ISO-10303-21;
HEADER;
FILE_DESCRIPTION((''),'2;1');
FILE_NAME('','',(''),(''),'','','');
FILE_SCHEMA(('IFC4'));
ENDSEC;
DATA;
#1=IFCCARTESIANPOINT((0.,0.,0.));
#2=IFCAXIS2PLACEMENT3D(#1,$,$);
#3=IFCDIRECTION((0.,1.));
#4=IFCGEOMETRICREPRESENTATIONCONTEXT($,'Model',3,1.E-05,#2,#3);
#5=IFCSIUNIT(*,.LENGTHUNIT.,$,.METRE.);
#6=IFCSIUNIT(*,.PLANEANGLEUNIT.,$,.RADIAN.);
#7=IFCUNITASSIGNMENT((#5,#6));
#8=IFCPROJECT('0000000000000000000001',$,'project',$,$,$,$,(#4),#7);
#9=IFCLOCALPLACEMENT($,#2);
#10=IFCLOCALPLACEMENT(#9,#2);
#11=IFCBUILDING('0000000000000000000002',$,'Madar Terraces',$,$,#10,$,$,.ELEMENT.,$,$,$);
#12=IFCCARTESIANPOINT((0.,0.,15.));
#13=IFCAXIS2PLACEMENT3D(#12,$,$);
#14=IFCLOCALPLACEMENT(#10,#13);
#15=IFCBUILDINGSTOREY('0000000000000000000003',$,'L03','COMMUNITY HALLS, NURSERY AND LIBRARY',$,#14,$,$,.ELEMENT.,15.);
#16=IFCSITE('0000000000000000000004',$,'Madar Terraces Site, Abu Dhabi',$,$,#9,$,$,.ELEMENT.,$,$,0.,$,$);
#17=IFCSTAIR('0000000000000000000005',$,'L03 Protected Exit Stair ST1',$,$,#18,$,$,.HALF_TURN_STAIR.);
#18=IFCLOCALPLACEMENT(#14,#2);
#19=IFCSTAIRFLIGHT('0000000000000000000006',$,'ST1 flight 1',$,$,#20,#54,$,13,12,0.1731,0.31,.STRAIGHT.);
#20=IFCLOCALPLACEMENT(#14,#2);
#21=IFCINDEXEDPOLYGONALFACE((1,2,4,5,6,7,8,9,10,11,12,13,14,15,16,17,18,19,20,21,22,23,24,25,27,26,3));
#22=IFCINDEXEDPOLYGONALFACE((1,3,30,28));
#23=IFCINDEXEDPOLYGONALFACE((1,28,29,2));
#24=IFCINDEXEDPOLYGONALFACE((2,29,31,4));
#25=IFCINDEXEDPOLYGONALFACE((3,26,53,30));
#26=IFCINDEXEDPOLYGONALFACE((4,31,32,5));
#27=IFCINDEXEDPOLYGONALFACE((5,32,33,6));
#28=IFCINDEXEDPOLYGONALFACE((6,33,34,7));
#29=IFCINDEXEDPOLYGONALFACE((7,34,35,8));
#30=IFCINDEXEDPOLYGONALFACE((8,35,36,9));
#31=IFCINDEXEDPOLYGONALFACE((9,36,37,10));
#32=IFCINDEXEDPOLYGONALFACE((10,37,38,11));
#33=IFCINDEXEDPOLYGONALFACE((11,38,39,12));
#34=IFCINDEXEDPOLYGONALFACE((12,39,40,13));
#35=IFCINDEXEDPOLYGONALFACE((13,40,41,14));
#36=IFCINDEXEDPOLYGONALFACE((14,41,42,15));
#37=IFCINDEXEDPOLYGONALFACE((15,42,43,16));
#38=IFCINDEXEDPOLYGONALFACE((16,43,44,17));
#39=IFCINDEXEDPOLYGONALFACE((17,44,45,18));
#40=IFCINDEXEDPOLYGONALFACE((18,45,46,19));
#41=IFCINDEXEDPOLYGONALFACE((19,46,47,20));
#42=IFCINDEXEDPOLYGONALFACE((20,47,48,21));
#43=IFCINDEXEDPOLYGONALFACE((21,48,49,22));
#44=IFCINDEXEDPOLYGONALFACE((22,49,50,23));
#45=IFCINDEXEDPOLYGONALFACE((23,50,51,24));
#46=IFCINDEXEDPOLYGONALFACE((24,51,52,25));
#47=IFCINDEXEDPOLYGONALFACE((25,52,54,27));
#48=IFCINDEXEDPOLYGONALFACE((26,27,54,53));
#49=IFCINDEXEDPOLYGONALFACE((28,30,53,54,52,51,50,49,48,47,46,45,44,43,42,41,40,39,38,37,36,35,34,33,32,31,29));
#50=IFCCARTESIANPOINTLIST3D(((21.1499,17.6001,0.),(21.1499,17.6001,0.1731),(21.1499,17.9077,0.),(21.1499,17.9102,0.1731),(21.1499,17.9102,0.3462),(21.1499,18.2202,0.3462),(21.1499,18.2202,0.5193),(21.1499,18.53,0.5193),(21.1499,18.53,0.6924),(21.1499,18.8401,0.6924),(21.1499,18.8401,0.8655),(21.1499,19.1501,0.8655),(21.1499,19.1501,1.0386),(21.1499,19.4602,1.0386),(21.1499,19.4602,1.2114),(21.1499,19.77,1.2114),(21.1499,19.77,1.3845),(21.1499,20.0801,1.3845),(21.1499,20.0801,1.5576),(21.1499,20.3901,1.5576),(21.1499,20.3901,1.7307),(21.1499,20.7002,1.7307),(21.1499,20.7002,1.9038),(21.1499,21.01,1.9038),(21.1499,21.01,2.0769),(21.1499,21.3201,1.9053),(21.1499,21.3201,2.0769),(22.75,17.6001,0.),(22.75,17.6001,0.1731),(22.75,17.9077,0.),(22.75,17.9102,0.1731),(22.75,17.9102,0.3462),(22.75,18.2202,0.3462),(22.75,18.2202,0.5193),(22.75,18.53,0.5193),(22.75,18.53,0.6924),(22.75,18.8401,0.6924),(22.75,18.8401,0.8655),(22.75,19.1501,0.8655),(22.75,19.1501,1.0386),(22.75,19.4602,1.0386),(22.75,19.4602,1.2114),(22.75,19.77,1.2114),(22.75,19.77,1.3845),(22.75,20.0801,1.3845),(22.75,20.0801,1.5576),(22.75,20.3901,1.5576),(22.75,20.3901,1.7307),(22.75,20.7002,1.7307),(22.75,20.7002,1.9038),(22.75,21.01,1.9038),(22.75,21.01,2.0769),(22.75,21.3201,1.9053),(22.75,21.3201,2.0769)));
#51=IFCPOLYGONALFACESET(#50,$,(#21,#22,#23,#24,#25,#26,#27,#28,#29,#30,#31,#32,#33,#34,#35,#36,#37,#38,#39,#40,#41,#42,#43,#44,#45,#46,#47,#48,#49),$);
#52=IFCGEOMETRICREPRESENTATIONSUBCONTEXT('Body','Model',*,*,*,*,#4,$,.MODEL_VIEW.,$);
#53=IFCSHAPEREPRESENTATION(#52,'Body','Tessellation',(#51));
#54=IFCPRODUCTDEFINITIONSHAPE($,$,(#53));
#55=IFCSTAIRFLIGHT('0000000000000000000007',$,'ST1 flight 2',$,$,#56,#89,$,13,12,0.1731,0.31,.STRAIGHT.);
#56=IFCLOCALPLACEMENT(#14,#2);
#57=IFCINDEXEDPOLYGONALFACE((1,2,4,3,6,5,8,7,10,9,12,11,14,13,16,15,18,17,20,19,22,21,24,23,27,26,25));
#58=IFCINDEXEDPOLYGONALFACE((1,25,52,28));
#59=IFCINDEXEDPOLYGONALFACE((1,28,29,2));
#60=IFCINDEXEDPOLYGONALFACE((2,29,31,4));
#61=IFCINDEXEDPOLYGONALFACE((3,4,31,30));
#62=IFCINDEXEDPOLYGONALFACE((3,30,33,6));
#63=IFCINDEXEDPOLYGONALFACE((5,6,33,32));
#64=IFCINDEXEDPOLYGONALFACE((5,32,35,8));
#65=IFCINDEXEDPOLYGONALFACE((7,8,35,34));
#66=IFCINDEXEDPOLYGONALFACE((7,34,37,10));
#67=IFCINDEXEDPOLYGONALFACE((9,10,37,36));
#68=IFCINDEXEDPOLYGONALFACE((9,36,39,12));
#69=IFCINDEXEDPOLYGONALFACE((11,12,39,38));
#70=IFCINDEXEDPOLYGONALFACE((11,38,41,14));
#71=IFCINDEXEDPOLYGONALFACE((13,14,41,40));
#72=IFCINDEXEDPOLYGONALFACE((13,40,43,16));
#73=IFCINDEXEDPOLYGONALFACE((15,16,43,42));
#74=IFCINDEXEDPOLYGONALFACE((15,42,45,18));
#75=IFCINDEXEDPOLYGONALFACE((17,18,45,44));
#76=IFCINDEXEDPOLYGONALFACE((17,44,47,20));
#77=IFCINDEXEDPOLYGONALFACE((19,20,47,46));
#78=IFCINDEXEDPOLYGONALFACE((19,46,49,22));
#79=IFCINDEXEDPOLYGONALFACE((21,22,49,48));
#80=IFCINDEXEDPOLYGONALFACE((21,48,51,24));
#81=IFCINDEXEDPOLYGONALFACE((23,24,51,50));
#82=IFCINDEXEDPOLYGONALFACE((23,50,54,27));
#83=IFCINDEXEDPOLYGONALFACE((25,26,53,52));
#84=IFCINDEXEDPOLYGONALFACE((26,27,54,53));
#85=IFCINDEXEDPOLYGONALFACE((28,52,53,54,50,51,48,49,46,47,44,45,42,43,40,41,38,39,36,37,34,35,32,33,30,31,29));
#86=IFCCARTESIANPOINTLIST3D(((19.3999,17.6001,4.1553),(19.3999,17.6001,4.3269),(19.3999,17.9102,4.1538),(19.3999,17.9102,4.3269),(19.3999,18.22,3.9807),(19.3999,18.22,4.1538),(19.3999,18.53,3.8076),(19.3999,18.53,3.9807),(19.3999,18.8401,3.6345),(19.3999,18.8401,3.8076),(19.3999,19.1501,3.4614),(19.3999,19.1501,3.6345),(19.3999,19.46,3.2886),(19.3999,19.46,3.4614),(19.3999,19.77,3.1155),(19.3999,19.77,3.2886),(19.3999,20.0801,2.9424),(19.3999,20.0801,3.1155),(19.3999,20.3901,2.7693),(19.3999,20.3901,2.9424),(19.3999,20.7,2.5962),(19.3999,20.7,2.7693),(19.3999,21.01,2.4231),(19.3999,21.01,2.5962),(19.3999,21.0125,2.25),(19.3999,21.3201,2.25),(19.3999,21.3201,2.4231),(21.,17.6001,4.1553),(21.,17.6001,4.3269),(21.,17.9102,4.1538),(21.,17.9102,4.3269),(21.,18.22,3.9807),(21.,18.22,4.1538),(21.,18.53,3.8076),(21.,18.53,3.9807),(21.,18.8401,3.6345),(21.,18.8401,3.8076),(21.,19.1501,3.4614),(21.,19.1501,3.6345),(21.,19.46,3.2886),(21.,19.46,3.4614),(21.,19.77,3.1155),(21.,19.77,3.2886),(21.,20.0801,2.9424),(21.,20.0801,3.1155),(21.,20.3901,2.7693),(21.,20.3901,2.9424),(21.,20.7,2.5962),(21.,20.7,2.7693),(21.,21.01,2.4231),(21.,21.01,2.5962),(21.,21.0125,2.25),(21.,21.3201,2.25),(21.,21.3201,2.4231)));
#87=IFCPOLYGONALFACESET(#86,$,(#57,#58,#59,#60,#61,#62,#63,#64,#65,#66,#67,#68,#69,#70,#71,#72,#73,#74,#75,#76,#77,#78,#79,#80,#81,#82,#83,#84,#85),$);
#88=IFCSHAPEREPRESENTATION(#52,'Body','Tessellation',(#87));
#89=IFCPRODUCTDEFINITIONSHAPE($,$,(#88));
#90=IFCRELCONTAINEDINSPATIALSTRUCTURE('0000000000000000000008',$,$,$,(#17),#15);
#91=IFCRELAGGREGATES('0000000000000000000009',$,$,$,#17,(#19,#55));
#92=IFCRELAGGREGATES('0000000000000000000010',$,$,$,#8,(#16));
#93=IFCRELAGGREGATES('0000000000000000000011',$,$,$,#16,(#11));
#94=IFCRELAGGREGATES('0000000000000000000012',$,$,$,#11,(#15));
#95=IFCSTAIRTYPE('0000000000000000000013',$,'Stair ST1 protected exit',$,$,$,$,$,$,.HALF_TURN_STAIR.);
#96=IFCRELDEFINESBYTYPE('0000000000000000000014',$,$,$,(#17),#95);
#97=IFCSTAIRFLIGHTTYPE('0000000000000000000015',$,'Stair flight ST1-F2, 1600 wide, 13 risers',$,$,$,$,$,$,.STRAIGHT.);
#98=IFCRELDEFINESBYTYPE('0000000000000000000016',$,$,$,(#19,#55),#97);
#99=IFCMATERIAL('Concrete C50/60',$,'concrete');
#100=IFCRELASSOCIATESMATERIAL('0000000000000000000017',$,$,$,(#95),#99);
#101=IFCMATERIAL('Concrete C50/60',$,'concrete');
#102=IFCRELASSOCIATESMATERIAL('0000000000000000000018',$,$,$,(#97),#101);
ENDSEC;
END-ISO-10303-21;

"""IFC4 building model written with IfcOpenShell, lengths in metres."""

from ifc_helpers import new_model, si_unit, direction, frame, origin, place, context, subcontext, project, spatial, polyline, outline, extrude, material, type_object, element, aggregate, save


model = new_model("IFC4")

# Units and contexts
model_context = context("Model", 3, precision=1e-05, world=origin(), true_north=direction((0.0, 1.0)))
body_context = subcontext(model_context, "Body", "Model", "MODEL_VIEW")
ifc_project = project(units=[si_unit("LENGTHUNIT", "METRE"), si_unit("PLANEANGLEUNIT", "RADIAN")], contexts=[model_context])

# Site, building, storey
site_placement = place(None, origin())
site = spatial("IfcSite", under=ifc_project, at=site_placement, Name="Madar Terraces Site, Abu Dhabi", CompositionType="ELEMENT", RefElevation=0.0)
building_placement = place(site_placement, origin())
building = spatial("IfcBuilding", under=site, at=building_placement, Name="Madar Terraces", CompositionType="ELEMENT")
storey_placement = place(building_placement, frame((0.0, 0.0, 15.0)))
storey = spatial("IfcBuildingStorey", under=building, at=storey_placement, Name="L03", Description="COMMUNITY HALLS, NURSERY AND LIBRARY", CompositionType="ELEMENT", Elevation=15.0)

# Stair, stair flights
ifc_material_1 = material(Name="Concrete C50/60", Category="concrete")
stair_type = type_object("IfcStairType", Name="Stair ST1 protected exit", PredefinedType="HALF_TURN_STAIR", material=ifc_material_1)
stair_placement = place(storey_placement, origin())
stair = element("IfcStair", 1, at=stair_placement, inside=storey, type_object=stair_type, Name="L03 Protected Exit Stair ST1", PredefinedType="HALF_TURN_STAIR")
ifc_material_2 = material(Name="Concrete C50/60", Category="concrete")
stair_flight_type = type_object("IfcStairFlightType", Name="Stair flight ST1-F2, 1600 wide, 13 risers", PredefinedType="STRAIGHT", material=ifc_material_2)
stair_flight_1_placement = place(storey_placement, frame((21.95, 17.6001, 0.0), z_axis=(0.0, 0.0, 1.0), x_axis=(0.0, 1.0, 0.0)))
stair_flight_1 = element("IfcStairFlight", 2, at=stair_flight_1_placement, type_object=stair_flight_type, Name="ST1 flight 1", NumberOfRisers=13, NumberOfTreads=12, PredefinedType="STRAIGHT", RiserHeight=0.1731, TreadLength=0.31, context=body_context, shape_type="SweptSolid", body=[
    extrude(outline(polyline([(0.0, 0.0), (0.0, 0.1731), (0.3101, 0.1731), (0.3101, 0.3462), (0.6201, 0.3462), (0.6201, 0.5193), (0.9299, 0.5193), (0.9299, 0.6924), (1.24, 0.6924), (1.24, 0.8655), (1.55, 0.8655), (1.55, 1.0386), (1.8601, 1.0386), (1.8601, 1.2114), (2.1699, 1.2114), (2.1699, 1.3845), (2.48, 1.3845), (2.48, 1.5576), (2.79, 1.5576), (2.79, 1.7307), (3.1001, 1.7307), (3.1001, 1.9038), (3.4099, 1.9038), (3.4099, 2.0769), (3.72, 2.0769), (3.72, 2.25), (3.72, 1.9053), (0.3076, 0.0), (0.0, 0.0)])), frame((0.0, 0.8, 0.0), z_axis=(0.0, -1.0, 0.0), x_axis=(1.0, 0.0, 0.0)), (0.0, 0.0, 1.0), 1.6001),
])
stair_flight_2_placement = place(storey_placement, frame((20.2, 21.3201, 2.25), z_axis=(0.0, 0.0, 1.0), x_axis=(0.0, -1.0, 0.0)))
stair_flight_2 = element("IfcStairFlight", 3, at=stair_flight_2_placement, type_object=stair_flight_type, Name="ST1 flight 2", NumberOfRisers=13, NumberOfTreads=12, PredefinedType="STRAIGHT", RiserHeight=0.1731, TreadLength=0.31, context=body_context, shape_type="SweptSolid", body=[
    extrude(outline(polyline([(0.0, 0.0), (0.0, 0.1731), (0.3101, 0.1731), (0.3101, 0.3462), (0.6201, 0.3462), (0.6201, 0.5193), (0.9299, 0.5193), (0.9299, 0.6924), (1.24, 0.6924), (1.24, 0.8655), (1.55, 0.8655), (1.55, 1.0386), (1.8601, 1.0386), (1.8601, 1.2114), (2.1699, 1.2114), (2.1699, 1.3845), (2.48, 1.3845), (2.48, 1.5576), (2.79, 1.5576), (2.79, 1.7307), (3.1001, 1.7307), (3.1001, 1.9038), (3.4099, 1.9038), (3.4099, 2.0769), (3.72, 2.0769), (3.72, 2.25), (3.72, 1.9053), (0.3076, 0.0), (0.0, 0.0)])), frame((0.0, 0.8, 0.0), z_axis=(0.0, -1.0, 0.0), x_axis=(1.0, 0.0, 0.0)), (0.0, 0.0, 1.0), 1.6001),
])
aggregate(stair, [stair_flight_1, stair_flight_2])

save(model, "model.ifc")
